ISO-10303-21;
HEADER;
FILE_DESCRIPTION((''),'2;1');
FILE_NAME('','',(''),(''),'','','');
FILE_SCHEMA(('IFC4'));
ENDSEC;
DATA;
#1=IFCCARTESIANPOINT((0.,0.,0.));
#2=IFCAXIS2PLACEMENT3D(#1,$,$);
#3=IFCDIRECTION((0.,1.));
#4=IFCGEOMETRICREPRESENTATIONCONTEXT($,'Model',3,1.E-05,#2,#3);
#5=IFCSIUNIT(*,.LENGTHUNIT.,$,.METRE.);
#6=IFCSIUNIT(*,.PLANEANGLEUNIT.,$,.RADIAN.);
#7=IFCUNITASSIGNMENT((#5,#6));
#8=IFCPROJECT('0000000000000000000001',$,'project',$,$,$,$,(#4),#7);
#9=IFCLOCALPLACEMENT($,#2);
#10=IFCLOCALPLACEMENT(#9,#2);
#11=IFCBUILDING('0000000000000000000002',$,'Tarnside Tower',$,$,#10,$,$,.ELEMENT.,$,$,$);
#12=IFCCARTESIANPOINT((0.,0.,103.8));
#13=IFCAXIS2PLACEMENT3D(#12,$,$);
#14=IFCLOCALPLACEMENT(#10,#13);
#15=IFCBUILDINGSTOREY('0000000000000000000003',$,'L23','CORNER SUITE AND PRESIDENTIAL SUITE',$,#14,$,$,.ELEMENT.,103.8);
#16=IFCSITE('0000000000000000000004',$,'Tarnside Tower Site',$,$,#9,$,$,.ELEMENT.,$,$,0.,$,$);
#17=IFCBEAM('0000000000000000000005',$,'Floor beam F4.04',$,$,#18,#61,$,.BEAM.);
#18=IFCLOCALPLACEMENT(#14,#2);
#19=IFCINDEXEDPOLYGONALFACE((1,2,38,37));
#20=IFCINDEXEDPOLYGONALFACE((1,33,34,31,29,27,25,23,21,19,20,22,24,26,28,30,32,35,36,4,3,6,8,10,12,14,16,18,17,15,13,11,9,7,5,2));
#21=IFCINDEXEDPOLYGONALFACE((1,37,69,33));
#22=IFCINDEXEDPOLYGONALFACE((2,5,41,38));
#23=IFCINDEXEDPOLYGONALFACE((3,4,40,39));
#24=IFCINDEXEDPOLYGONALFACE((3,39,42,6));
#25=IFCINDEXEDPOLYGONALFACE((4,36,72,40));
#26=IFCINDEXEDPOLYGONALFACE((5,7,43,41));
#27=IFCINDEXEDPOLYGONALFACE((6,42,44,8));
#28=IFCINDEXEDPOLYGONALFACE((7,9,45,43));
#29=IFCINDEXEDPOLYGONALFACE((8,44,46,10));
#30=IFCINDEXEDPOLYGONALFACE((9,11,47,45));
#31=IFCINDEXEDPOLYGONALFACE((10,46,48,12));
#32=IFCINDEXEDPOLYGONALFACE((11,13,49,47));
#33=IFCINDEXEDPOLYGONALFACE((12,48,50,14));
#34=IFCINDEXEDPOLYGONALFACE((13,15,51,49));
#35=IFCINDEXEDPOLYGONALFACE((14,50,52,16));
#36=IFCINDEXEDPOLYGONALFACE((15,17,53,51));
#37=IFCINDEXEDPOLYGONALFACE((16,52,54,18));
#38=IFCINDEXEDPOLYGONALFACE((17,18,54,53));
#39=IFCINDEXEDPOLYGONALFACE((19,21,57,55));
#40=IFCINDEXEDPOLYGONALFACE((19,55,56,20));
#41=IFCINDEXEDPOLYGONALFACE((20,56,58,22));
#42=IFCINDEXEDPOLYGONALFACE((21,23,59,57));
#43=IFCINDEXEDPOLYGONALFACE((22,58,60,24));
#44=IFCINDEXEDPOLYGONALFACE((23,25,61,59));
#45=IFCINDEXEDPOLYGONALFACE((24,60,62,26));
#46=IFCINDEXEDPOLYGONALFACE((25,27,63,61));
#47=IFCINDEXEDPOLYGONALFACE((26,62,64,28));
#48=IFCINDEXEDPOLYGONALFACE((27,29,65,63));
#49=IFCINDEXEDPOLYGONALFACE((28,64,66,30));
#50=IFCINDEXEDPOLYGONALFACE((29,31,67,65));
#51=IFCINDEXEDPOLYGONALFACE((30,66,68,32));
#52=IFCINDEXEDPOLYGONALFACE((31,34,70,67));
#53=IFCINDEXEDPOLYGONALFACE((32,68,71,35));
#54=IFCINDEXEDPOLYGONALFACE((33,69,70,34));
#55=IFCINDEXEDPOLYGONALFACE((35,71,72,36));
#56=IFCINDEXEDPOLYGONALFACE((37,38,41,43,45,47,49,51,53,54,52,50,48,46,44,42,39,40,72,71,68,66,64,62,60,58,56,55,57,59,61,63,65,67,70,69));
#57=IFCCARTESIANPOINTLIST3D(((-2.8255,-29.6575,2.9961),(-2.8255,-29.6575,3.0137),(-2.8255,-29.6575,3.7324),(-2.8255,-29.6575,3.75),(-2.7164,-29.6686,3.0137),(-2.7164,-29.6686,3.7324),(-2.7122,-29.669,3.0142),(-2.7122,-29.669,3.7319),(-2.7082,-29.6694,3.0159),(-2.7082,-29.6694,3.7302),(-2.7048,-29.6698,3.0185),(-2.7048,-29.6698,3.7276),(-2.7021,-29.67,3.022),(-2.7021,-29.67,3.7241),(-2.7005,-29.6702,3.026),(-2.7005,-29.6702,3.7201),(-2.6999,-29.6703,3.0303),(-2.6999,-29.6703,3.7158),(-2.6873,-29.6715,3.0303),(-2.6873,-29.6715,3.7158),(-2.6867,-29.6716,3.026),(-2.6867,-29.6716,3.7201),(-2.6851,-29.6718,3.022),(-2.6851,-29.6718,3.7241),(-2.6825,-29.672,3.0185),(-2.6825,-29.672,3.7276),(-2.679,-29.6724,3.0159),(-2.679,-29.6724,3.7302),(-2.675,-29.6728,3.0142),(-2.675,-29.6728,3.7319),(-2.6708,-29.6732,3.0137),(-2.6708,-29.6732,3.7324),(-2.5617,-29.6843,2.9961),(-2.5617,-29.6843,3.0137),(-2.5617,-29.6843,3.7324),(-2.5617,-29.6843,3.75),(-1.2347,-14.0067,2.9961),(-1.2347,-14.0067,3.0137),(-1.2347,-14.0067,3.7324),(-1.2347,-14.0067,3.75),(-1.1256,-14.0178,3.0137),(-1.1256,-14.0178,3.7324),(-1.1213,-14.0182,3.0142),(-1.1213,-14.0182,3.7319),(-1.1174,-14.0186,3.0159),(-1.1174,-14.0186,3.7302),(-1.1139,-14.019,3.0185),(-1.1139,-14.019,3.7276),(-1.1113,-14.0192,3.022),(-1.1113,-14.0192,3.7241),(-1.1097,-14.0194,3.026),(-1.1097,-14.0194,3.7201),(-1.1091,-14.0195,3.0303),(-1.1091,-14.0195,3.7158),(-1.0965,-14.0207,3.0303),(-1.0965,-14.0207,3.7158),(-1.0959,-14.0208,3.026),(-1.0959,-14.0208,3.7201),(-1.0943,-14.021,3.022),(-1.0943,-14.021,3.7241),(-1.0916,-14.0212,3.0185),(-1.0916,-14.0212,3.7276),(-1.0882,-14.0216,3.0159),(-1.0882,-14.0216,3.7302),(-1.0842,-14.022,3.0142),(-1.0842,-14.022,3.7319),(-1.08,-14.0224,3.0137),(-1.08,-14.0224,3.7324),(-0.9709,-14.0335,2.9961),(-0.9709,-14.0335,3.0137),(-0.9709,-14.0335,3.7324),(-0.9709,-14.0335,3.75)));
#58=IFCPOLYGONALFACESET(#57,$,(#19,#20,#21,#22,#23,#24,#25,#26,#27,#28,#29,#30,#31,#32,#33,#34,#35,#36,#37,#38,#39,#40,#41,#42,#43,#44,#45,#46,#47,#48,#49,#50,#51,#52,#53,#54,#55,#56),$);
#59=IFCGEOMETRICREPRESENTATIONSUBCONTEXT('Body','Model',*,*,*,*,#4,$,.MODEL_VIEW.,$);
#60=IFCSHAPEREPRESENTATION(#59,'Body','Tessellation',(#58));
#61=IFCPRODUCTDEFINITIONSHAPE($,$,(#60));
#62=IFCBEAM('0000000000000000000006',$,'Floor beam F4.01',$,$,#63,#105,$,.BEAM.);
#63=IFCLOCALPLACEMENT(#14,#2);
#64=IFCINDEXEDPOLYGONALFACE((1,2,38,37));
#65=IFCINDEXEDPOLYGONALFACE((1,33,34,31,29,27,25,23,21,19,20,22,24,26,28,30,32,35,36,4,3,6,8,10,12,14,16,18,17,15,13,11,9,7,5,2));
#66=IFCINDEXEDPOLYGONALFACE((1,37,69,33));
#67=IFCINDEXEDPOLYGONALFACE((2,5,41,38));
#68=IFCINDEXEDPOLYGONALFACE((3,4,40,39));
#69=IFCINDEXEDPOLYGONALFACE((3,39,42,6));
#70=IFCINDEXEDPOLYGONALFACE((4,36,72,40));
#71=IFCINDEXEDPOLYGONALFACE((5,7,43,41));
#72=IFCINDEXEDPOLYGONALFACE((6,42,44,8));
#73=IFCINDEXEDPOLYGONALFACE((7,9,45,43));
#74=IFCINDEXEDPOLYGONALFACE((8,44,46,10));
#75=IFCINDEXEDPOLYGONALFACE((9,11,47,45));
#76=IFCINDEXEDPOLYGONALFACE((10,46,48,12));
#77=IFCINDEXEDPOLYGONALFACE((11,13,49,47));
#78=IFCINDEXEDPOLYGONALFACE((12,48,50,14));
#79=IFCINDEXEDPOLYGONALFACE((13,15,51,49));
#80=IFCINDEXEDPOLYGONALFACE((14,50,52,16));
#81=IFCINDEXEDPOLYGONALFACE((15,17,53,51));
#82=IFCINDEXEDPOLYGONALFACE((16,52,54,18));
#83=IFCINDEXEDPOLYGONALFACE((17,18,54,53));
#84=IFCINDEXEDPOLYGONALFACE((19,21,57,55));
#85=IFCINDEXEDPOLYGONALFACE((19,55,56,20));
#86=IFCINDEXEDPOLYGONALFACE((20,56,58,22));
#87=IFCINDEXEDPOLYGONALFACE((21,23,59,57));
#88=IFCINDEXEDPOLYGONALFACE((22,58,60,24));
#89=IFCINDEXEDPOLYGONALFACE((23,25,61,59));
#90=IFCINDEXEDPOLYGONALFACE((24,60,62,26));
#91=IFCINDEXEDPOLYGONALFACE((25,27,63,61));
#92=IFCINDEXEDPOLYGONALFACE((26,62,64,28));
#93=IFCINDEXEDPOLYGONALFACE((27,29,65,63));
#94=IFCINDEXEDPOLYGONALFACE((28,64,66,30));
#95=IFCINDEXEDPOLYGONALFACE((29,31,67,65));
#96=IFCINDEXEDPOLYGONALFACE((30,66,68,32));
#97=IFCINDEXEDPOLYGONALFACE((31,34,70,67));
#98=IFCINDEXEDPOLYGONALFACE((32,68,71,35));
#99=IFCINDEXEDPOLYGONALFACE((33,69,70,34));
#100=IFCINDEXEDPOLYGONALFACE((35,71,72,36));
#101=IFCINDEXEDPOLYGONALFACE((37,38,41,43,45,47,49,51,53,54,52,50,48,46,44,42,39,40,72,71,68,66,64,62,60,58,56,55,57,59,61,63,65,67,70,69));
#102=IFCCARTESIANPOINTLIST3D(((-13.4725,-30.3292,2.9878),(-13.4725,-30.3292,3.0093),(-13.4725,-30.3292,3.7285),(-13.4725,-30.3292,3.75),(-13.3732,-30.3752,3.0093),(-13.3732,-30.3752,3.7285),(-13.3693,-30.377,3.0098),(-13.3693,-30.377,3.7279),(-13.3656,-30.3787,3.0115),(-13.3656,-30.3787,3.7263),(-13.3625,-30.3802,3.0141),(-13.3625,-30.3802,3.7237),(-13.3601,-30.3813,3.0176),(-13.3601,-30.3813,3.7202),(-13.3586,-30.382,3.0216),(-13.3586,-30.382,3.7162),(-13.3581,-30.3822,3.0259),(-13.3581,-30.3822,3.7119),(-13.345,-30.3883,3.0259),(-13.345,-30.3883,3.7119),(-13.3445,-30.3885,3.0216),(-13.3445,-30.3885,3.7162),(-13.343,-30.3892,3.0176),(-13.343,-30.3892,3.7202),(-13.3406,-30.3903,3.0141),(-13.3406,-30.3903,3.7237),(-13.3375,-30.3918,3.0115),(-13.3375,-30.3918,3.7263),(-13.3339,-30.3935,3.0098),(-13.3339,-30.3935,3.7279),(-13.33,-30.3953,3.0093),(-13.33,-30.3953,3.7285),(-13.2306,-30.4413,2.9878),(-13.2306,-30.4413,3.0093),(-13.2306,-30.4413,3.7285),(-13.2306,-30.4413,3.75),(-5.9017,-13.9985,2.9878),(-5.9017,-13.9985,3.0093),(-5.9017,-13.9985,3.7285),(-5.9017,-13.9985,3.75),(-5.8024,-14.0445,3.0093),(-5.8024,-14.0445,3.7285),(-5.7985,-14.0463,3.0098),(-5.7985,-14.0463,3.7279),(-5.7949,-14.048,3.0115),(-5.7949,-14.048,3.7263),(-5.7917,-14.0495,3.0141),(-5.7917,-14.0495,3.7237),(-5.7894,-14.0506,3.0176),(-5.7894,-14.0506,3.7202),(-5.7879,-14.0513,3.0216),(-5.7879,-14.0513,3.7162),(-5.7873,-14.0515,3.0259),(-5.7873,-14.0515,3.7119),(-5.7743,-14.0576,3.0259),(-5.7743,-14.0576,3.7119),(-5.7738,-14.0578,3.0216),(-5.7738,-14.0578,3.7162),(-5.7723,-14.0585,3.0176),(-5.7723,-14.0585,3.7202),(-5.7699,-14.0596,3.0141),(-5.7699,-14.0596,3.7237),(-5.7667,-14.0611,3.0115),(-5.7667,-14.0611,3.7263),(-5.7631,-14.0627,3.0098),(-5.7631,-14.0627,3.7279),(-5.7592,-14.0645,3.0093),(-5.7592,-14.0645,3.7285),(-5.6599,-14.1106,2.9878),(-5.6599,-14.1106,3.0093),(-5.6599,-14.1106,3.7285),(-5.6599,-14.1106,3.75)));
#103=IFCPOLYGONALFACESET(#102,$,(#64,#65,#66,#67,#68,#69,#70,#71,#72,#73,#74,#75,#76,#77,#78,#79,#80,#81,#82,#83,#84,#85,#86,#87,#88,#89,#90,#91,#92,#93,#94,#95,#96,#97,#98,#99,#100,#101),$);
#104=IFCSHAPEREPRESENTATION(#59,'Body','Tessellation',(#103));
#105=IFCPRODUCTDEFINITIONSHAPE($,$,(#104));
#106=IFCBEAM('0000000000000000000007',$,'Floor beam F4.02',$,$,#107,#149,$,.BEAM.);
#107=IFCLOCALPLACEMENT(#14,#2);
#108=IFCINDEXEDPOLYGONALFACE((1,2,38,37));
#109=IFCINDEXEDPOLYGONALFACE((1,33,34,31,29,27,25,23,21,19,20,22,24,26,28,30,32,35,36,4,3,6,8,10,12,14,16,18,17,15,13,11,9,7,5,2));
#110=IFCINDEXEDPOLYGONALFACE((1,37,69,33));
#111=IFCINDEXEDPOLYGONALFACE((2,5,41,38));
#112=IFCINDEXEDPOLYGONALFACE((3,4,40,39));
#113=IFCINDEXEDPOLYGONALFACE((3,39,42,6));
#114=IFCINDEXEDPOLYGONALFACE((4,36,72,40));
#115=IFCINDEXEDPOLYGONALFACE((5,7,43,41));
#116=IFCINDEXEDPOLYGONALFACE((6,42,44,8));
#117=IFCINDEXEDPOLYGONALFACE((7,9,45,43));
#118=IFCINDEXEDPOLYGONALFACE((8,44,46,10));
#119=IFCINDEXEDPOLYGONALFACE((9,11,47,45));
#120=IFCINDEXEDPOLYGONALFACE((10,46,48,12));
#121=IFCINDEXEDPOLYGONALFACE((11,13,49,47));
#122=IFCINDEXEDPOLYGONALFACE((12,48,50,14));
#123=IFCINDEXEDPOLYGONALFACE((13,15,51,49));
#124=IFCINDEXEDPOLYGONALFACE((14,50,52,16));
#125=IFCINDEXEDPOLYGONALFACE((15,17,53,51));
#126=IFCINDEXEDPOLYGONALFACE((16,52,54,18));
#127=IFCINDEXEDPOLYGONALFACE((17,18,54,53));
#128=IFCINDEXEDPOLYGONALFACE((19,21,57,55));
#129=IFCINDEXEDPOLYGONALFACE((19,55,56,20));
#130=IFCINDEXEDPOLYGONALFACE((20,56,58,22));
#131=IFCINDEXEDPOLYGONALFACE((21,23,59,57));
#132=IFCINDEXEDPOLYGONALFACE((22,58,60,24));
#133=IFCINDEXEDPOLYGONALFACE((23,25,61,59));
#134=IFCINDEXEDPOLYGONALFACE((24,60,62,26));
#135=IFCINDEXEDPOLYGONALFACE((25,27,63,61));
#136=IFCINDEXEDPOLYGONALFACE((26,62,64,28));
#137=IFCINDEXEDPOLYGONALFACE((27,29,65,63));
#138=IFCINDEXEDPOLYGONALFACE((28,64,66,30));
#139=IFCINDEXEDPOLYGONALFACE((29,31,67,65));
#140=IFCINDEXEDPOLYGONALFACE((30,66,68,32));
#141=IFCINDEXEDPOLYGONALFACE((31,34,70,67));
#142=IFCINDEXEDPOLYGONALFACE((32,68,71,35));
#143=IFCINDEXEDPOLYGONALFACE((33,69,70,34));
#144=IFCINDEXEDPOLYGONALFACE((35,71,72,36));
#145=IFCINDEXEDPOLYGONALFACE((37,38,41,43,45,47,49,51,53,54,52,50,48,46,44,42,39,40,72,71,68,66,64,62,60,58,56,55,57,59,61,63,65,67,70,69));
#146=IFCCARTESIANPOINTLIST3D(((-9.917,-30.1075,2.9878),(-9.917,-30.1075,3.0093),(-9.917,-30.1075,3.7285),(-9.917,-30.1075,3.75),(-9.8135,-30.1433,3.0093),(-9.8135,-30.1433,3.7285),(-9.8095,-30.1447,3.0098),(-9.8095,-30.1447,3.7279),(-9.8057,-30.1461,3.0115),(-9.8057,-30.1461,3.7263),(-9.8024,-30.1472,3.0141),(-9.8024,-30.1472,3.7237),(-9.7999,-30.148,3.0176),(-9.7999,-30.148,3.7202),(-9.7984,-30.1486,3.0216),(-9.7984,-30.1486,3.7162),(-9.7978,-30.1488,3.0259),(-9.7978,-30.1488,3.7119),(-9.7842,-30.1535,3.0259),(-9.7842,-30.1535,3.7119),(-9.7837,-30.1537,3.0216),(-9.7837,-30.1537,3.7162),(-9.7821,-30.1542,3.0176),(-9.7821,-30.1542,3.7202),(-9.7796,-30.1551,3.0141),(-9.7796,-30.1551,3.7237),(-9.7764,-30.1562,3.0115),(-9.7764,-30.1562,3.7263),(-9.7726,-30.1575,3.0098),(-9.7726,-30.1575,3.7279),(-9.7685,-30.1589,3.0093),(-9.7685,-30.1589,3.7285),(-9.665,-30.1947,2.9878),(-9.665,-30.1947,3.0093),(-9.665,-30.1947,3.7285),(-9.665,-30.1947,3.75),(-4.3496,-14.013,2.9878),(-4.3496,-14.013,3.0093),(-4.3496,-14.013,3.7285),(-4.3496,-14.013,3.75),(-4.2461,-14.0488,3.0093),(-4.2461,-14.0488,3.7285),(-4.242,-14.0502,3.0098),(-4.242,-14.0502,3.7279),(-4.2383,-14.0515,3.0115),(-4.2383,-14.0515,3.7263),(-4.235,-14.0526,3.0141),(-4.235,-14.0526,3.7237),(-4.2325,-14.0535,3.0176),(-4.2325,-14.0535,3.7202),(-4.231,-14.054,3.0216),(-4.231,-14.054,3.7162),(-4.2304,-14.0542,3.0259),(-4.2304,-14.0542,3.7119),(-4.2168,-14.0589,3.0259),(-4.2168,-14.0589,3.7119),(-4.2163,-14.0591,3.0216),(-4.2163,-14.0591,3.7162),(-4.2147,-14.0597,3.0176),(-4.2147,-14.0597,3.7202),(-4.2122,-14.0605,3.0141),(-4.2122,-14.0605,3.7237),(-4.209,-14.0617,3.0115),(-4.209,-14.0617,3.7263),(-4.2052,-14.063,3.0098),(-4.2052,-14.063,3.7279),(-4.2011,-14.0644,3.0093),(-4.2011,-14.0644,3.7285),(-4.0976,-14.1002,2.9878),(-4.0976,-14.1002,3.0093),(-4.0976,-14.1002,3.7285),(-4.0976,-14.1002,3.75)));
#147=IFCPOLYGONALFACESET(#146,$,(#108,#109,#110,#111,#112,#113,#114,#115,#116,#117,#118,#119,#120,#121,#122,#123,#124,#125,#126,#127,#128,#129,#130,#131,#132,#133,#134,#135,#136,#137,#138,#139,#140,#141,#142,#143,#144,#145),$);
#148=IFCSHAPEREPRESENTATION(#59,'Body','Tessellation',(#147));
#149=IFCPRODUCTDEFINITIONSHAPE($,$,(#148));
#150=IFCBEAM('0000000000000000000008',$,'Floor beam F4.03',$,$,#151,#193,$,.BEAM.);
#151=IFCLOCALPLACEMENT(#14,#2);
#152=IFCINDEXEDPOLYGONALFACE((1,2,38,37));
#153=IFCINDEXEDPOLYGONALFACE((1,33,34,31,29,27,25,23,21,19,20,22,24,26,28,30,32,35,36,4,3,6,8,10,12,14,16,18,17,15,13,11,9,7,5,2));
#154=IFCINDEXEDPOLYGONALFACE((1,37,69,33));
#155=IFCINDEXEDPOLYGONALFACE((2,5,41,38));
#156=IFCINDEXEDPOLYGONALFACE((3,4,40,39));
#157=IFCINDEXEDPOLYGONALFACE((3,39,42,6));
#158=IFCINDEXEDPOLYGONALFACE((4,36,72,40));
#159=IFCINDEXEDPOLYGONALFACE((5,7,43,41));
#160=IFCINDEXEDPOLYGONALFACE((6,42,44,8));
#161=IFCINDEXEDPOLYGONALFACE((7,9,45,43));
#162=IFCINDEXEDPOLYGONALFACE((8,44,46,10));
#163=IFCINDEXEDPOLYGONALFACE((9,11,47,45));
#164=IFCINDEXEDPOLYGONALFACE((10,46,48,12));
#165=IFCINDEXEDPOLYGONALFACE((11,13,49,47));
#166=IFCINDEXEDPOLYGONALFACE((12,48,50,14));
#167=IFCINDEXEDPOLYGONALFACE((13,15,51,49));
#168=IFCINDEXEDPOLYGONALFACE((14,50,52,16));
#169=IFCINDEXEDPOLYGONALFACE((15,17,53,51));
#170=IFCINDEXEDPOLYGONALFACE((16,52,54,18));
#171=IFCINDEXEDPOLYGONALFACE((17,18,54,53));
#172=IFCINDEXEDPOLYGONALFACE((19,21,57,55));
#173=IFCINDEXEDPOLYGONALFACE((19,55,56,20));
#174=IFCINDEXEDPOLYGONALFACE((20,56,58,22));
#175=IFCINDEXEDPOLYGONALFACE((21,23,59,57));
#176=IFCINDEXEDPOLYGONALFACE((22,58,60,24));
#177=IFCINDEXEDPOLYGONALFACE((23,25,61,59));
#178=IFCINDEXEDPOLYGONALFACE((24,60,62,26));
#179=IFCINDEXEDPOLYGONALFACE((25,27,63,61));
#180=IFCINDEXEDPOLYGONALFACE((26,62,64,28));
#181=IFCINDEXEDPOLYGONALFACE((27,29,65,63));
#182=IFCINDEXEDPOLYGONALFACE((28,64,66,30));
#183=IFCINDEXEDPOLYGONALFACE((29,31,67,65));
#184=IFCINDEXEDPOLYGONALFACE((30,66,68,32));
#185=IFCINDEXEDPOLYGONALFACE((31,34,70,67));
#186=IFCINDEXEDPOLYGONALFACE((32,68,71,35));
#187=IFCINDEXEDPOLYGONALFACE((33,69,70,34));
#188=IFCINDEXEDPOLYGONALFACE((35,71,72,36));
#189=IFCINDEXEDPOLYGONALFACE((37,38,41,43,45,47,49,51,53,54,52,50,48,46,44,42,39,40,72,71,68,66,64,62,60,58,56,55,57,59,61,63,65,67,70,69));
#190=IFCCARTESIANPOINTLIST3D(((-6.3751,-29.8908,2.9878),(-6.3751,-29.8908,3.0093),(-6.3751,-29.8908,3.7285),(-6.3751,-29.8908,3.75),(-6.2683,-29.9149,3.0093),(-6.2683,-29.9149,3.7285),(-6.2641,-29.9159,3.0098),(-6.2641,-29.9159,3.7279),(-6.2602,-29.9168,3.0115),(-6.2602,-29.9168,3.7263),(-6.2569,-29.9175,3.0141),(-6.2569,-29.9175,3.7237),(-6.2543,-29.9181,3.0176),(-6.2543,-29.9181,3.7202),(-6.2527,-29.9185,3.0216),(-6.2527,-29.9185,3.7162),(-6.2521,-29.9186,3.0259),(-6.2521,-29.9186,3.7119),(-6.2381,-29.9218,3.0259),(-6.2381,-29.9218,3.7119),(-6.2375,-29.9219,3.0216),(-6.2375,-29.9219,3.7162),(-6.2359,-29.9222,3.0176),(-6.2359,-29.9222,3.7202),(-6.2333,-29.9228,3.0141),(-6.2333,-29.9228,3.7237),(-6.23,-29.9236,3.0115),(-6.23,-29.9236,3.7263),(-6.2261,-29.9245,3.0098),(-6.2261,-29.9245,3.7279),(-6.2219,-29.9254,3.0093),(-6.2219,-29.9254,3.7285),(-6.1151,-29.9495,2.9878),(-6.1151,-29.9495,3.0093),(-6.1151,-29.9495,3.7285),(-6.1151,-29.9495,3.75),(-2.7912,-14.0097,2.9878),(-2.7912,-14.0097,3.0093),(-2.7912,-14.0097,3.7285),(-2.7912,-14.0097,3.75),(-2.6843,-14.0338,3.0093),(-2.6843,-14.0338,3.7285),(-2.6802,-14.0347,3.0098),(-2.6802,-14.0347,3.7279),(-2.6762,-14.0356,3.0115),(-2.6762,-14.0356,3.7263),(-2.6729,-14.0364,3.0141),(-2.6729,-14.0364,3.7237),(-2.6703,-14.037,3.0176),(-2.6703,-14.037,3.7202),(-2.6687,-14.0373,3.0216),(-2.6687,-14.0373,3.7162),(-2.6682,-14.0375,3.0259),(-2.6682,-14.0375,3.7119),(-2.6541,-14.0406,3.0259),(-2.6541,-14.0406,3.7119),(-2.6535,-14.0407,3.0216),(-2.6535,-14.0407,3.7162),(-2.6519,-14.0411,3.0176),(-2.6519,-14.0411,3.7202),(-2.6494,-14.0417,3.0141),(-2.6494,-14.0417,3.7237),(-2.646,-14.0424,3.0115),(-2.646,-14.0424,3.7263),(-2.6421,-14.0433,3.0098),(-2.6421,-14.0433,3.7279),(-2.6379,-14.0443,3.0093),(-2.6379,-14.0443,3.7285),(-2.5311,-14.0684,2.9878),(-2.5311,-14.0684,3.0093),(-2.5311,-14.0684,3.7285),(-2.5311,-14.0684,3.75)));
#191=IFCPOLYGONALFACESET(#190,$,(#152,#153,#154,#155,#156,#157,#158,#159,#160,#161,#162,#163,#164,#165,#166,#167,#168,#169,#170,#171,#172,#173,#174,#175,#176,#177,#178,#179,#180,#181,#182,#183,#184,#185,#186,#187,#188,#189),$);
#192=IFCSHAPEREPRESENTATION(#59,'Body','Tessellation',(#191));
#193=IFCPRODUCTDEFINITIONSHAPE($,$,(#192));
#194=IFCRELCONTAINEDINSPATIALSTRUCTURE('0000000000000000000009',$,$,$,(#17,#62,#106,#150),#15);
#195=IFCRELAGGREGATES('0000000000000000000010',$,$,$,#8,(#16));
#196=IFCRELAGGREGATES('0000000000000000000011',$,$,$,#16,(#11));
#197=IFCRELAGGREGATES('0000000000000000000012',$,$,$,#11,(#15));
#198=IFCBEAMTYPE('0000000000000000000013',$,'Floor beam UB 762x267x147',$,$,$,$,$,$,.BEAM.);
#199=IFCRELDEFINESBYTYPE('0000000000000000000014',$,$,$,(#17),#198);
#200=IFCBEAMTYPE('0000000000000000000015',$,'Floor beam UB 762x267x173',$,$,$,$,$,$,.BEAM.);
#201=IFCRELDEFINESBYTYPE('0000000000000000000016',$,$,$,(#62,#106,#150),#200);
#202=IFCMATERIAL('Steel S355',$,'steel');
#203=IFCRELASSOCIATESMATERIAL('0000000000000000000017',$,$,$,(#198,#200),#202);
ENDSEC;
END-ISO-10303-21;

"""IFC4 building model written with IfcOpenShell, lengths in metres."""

from ifc_helpers import new_model, si_unit, direction, frame, origin, origin_2d, place, context, subcontext, project, spatial, i_section, extrude, material, material_profile, profile_set, type_object, element, save


model = new_model("IFC4")

# Units and contexts
model_context = context("Model", 3, precision=1e-05, world=origin(), true_north=direction((0.0, 1.0)))
body_context = subcontext(model_context, "Body", "Model", "MODEL_VIEW")
ifc_project = project(units=[si_unit("LENGTHUNIT", "METRE"), si_unit("PLANEANGLEUNIT", "RADIAN")], contexts=[model_context])

# Site, building, storey
site_placement = place(None, origin())
site = spatial("IfcSite", under=ifc_project, at=site_placement, Name="Tarnside Tower Site", CompositionType="ELEMENT", RefElevation=0.0)
building_placement = place(site_placement, origin())
building = spatial("IfcBuilding", under=site, at=building_placement, Name="Tarnside Tower", CompositionType="ELEMENT")
storey_placement = place(building_placement, frame((0.0, 0.0, 103.8)))
storey = spatial("IfcBuildingStorey", under=building, at=storey_placement, Name="L23", Description="CORNER SUITE AND PRESIDENTIAL SUITE", CompositionType="ELEMENT", Elevation=103.8)

# Beams
ifc_material_1 = material(Name="Steel S355", Category="steel")
ifc_material_profile_1 = material_profile(ifc_material_1, i_section(OverallWidth=0.2651, OverallDepth=0.7539, WebThickness=0.0127, FlangeThickness=0.0176, FilletRadius=0.0166, at=origin_2d()), Name="UB 762x267x147")
ifc_profile_set_1 = profile_set([ifc_material_profile_1], Name="Steel S355")
beam_type_1 = type_object("IfcBeamType", Name="Floor beam UB 762x267x147", PredefinedType="BEAM", material=ifc_profile_set_1)
beam_1_placement = place(storey_placement, frame((-2.6936, -29.6709, 3.373), z_axis=(0.101123, 0.994874, 0.0), x_axis=(-0.994874, 0.101123, 0.0)))
element("IfcBeam", 1, at=beam_1_placement, inside=storey, type_object=beam_type_1, Name="Floor beam F4.04", PredefinedType="BEAM", context=body_context, shape_type="SweptSolid", body=[
    extrude(i_section(OverallWidth=0.2651, OverallDepth=0.7539, WebThickness=0.0127, FlangeThickness=0.0176, FilletRadius=0.0166, at=origin_2d()), origin(), (0.0, 0.0, 1.0), 15.7314),
])
ifc_material_profile_2 = material_profile(ifc_material_1, i_section(OverallWidth=0.2666, OverallDepth=0.7622, WebThickness=0.0144, FlangeThickness=0.0215, FilletRadius=0.0166, at=origin_2d()), Name="UB 762x267x173")
ifc_profile_set_2 = profile_set([ifc_material_profile_2], Name="Steel S355")
beam_type_2 = type_object("IfcBeamType", Name="Floor beam UB 762x267x173", PredefinedType="BEAM", material=ifc_profile_set_2)
beam_2_placement = place(storey_placement, frame((-13.3516, -30.3853, 3.3689), z_axis=(0.420592, 0.90725, 0.0), x_axis=(-0.90725, 0.420592, 0.0)))
element("IfcBeam", 2, at=beam_2_placement, inside=storey, type_object=beam_type_2, Name="Floor beam F4.01", PredefinedType="BEAM", context=body_context, shape_type="SweptSolid", body=[
    extrude(i_section(OverallWidth=0.2666, OverallDepth=0.7622, WebThickness=0.0144, FlangeThickness=0.0215, FilletRadius=0.0166, at=origin_2d()), origin(), (0.0, 0.0, 1.0), 18.0002),
])
beam_3_placement = place(storey_placement, frame((-9.791, -30.1511, 3.3689), z_axis=(0.326912, 0.945055, 0.0), x_axis=(-0.945055, 0.326912, 0.0)))
element("IfcBeam", 3, at=beam_3_placement, inside=storey, type_object=beam_type_2, Name="Floor beam F4.02", PredefinedType="BEAM", context=body_context, shape_type="SweptSolid", body=[
    extrude(i_section(OverallWidth=0.2666, OverallDepth=0.7622, WebThickness=0.0144, FlangeThickness=0.0215, FilletRadius=0.0166, at=origin_2d()), origin(), (0.0, 0.0, 1.0), 17.0303),
])
beam_4_placement = place(storey_placement, frame((-6.2451, -29.9202, 3.3689), z_axis=(0.22014, 0.975468, 0.0), x_axis=(-0.975468, 0.22014, 0.0)))
element("IfcBeam", 4, at=beam_4_placement, inside=storey, type_object=beam_type_2, Name="Floor beam F4.03", PredefinedType="BEAM", context=body_context, shape_type="SweptSolid", body=[
    extrude(i_section(OverallWidth=0.2666, OverallDepth=0.7622, WebThickness=0.0144, FlangeThickness=0.0215, FilletRadius=0.0166, at=origin_2d()), origin(), (0.0, 0.0, 1.0), 16.2805),
])

save(model, "model.ifc")
